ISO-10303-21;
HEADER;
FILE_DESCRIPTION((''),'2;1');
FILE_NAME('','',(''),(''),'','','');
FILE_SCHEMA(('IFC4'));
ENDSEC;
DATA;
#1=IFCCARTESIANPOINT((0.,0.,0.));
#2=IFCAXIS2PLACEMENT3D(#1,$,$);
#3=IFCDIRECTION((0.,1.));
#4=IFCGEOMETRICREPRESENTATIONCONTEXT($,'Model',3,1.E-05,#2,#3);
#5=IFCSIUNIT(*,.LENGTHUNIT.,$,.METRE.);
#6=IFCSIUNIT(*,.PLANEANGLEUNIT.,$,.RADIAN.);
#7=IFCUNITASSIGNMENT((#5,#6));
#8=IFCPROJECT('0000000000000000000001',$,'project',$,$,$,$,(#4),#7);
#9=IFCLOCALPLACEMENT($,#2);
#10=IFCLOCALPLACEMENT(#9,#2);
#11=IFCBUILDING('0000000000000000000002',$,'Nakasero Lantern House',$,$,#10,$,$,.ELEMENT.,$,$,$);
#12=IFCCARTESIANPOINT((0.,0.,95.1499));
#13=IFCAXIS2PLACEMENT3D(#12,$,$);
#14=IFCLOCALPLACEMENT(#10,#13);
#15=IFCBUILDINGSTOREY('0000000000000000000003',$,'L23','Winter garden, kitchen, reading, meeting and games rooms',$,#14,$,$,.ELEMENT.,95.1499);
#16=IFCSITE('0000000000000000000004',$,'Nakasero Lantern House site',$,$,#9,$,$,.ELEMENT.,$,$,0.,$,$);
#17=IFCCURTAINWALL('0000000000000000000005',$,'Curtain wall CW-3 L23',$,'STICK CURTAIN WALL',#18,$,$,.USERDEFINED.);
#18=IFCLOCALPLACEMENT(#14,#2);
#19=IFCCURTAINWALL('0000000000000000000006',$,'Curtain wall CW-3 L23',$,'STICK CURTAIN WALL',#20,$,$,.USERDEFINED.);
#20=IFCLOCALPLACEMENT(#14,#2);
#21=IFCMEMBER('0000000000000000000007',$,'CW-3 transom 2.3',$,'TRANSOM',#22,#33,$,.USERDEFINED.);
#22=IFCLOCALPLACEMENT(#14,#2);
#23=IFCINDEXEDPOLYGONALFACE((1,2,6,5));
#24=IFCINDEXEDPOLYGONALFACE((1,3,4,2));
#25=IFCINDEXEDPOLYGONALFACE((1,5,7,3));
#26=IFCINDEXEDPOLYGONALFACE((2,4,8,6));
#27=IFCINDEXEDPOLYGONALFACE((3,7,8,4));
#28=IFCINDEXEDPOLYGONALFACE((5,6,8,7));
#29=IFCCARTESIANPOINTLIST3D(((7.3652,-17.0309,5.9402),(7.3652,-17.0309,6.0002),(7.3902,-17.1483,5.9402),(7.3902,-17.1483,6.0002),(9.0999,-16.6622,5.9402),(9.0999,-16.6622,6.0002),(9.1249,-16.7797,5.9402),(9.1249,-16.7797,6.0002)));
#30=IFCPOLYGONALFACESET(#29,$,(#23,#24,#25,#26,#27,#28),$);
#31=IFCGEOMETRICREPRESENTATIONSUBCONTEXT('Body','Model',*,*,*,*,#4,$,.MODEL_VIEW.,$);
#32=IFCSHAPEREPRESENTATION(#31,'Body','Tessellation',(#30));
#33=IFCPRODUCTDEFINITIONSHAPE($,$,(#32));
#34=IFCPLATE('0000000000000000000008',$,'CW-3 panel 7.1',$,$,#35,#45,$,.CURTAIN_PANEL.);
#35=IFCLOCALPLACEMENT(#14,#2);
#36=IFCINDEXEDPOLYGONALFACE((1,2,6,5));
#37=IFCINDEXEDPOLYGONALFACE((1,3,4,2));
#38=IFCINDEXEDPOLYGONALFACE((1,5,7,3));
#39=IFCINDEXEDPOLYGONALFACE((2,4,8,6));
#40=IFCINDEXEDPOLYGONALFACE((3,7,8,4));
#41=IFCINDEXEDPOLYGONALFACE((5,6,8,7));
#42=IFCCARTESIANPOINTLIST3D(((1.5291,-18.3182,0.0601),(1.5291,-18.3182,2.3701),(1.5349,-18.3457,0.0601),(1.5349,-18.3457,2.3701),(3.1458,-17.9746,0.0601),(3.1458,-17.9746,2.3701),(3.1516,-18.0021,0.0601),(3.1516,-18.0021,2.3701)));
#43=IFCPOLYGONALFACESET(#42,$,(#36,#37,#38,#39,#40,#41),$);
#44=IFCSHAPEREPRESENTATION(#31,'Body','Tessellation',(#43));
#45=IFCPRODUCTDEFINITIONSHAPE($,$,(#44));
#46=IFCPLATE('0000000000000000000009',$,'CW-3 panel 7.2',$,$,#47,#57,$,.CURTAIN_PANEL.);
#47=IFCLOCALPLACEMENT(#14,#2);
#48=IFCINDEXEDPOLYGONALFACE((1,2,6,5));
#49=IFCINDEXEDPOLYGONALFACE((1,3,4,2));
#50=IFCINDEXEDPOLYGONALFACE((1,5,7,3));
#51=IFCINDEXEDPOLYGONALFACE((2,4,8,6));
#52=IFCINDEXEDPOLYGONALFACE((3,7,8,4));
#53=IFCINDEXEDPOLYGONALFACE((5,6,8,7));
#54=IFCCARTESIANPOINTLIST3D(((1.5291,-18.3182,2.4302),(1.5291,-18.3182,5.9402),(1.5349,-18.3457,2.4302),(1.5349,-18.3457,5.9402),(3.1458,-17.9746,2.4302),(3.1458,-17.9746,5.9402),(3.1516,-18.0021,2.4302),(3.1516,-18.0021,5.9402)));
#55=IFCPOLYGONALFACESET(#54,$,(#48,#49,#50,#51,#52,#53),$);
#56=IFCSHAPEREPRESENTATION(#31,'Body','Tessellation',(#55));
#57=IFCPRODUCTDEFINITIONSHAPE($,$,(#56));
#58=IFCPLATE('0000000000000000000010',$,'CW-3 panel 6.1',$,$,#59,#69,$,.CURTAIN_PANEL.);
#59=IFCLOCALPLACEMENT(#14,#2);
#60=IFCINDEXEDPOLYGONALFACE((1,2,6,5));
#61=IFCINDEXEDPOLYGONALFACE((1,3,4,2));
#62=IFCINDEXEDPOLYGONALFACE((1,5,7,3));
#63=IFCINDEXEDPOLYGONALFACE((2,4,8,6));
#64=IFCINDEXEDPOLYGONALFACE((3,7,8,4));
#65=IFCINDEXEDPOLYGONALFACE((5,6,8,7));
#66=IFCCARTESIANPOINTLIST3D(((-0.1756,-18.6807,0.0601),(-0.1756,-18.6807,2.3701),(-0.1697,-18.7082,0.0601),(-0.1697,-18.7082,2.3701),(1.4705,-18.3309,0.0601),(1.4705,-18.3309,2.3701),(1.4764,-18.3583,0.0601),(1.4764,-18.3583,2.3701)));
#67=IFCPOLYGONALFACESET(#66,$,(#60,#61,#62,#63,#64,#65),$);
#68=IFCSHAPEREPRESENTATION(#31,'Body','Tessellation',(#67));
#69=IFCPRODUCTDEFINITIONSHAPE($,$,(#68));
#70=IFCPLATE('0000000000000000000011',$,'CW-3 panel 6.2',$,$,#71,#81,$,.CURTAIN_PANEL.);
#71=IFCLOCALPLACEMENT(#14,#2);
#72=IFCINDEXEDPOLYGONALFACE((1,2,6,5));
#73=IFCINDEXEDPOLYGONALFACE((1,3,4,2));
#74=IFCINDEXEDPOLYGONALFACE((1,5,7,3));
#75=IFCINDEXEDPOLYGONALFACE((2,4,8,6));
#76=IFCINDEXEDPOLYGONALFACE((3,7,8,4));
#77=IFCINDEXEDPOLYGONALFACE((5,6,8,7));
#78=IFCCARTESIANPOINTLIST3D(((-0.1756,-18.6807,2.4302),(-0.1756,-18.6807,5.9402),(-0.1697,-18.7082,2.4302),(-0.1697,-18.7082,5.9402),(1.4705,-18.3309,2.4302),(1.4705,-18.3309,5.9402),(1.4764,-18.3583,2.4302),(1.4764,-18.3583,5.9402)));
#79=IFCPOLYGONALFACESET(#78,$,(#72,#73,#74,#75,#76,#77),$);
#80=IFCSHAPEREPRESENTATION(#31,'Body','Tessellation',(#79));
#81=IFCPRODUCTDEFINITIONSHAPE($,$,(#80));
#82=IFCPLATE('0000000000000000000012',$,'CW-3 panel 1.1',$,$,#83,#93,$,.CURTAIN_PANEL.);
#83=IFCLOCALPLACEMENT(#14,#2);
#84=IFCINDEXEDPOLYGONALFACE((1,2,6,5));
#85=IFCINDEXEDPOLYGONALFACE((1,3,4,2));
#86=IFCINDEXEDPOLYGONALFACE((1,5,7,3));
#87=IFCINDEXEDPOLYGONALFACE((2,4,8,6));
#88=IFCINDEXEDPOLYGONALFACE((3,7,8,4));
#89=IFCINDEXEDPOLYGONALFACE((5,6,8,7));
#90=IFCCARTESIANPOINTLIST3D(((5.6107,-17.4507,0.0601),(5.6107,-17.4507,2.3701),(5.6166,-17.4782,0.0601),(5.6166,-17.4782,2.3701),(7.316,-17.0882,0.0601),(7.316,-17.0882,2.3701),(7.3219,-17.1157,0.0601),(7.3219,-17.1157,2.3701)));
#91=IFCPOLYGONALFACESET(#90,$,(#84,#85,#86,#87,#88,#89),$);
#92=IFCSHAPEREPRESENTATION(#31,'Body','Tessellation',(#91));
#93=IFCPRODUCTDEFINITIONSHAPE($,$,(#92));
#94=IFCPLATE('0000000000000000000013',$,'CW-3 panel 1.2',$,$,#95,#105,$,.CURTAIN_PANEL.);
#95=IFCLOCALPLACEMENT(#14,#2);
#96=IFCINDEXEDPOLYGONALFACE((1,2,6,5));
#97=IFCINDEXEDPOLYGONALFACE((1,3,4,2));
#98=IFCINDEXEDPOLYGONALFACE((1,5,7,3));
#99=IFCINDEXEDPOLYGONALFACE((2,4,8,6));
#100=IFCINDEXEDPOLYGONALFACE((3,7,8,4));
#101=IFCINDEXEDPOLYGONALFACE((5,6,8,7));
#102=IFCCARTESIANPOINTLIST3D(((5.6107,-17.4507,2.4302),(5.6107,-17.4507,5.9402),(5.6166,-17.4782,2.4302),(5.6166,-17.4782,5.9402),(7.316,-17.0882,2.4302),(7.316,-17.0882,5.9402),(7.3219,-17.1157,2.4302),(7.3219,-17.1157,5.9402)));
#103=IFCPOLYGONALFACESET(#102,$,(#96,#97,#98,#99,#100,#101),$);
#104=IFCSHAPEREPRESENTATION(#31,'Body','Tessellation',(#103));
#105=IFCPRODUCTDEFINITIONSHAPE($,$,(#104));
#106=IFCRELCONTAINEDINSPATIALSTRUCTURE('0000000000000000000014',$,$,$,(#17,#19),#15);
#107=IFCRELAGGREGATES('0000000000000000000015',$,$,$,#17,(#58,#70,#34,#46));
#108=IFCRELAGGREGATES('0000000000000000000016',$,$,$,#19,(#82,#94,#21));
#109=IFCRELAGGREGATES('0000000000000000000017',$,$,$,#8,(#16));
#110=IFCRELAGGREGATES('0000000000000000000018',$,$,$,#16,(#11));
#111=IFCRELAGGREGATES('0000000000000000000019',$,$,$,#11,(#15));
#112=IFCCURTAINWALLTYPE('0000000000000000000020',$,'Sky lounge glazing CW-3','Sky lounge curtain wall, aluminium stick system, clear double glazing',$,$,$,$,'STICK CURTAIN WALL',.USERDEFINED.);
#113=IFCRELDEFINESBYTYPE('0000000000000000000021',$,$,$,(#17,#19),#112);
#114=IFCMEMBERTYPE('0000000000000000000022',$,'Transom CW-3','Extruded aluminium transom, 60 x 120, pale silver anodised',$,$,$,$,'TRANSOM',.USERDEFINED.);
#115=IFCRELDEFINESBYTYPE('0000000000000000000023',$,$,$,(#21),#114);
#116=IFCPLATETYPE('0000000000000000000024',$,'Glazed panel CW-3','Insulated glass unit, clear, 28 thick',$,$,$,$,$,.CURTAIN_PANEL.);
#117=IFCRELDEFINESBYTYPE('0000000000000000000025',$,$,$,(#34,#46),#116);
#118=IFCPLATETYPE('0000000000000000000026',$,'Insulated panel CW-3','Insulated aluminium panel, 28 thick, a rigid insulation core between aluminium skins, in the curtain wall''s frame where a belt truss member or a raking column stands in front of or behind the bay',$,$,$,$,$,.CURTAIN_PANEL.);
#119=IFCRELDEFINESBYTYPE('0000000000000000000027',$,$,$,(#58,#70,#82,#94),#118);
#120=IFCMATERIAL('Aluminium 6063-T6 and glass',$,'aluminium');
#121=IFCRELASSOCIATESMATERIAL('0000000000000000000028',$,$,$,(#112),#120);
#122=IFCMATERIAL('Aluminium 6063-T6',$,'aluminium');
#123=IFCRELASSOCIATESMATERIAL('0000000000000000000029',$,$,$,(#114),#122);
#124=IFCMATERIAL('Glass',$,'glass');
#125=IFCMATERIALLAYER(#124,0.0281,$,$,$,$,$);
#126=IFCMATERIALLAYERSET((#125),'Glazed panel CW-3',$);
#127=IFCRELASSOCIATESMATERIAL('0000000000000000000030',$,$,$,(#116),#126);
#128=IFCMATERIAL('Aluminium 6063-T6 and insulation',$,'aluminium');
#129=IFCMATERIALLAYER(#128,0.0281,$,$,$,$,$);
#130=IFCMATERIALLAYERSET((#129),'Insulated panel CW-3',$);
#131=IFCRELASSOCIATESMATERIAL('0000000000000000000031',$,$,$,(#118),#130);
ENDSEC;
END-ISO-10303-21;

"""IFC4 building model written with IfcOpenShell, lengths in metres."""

from ifc_helpers import new_model, si_unit, direction, frame, origin, origin_2d, place, context, subcontext, project, spatial, rectangle, extrude, material, layer, layer_set, material_profile, profile_set, type_object, element, aggregate, save


model = new_model("IFC4")

# Units and contexts
model_context = context("Model", 3, precision=1e-05, world=origin(), true_north=direction((0.0, 1.0)))
body_context = subcontext(model_context, "Body", "Model", "MODEL_VIEW")
ifc_project = project(units=[si_unit("LENGTHUNIT", "METRE"), si_unit("PLANEANGLEUNIT", "RADIAN")], contexts=[model_context])

# Site, building, storey
site_placement = place(None, origin())
site = spatial("IfcSite", under=ifc_project, at=site_placement, Name="Nakasero Lantern House site", CompositionType="ELEMENT", RefElevation=0.0)
building_placement = place(site_placement, origin())
building = spatial("IfcBuilding", under=site, at=building_placement, Name="Nakasero Lantern House", CompositionType="ELEMENT")
storey_placement = place(building_placement, frame((0.0, 0.0, 95.1499)))
storey = spatial("IfcBuildingStorey", under=building, at=storey_placement, Name="L23", Description="Winter garden, kitchen, reading, meeting and games rooms", CompositionType="ELEMENT", Elevation=95.1499)

# Curtain walls
ifc_material_1 = material(Name="Aluminium 6063-T6 and glass", Category="aluminium")
curtain_wall_type = type_object("IfcCurtainWallType", Name="Sky lounge glazing CW-3", Description="Sky lounge curtain wall, aluminium stick system, clear double glazing", ElementType="STICK CURTAIN WALL", PredefinedType="USERDEFINED", material=ifc_material_1)
curtain_wall_1_placement = place(storey_placement, origin())
curtain_wall_1 = element("IfcCurtainWall", 1, at=curtain_wall_1_placement, inside=storey, type_object=curtain_wall_type, Name="Curtain wall CW-3 L23", ObjectType="STICK CURTAIN WALL", PredefinedType="USERDEFINED")
curtain_wall_2_placement = place(storey_placement, origin())
curtain_wall_2 = element("IfcCurtainWall", 2, at=curtain_wall_2_placement, inside=storey, type_object=curtain_wall_type, Name="Curtain wall CW-3 L23", ObjectType="STICK CURTAIN WALL", PredefinedType="USERDEFINED")

# Member
ifc_material_2 = material(Name="Aluminium 6063-T6", Category="aluminium")
ifc_material_profile_1 = material_profile(ifc_material_2, rectangle(XDim=0.0601, YDim=0.1201, at=origin_2d()), Name="CW-3 transom 60x120")
ifc_profile_set_1 = profile_set([ifc_material_profile_1], Name="Aluminium 6063-T6")
member_type_1 = type_object("IfcMemberType", Name="Transom CW-3", Description="Extruded aluminium transom, 60 x 120, pale silver anodised", ElementType="TRANSOM", PredefinedType="USERDEFINED", material=ifc_profile_set_1)
member_1_placement = place(storey_placement, frame((7.3777, -17.0896, 5.9702), z_axis=(0.978154, 0.207883, 0.0), x_axis=(0.0, 0.0, 1.0)))
member_1 = element("IfcMember", 3, at=member_1_placement, type_object=member_type_1, Name="CW-3 transom 2.3", ObjectType="TRANSOM", PredefinedType="USERDEFINED", context=body_context, shape_type="SweptSolid", body=[
    extrude(rectangle(XDim=0.0601, YDim=0.1201, at=origin_2d()), origin(), (0.0, 0.0, 1.0), 1.7734),
])

# Plates
ifc_material_3 = material(Name="Glass", Category="glass")
ifc_layer_1 = layer(ifc_material_3, 0.0281)
ifc_layer_set_1 = layer_set([ifc_layer_1], Name="Glazed panel CW-3")
plate_type_1 = type_object("IfcPlateType", Name="Glazed panel CW-3", Description="Insulated glass unit, clear, 28 thick", PredefinedType="CURTAIN_PANEL", material=ifc_layer_set_1)
plate_1_placement = place(storey_placement, frame((2.3403, -18.1602, 0.0601), z_axis=(0.0, 0.0, 1.0), x_axis=(0.978148, 0.207912, 0.0)))
plate_1 = element("IfcPlate", 4, at=plate_1_placement, type_object=plate_type_1, Name="CW-3 panel 7.1", PredefinedType="CURTAIN_PANEL", context=body_context, shape_type="SweptSolid", body=[
    extrude(rectangle(XDim=1.6528, YDim=0.0281, at=origin_2d()), origin(), (0.0, 0.0, 1.0), 2.3101),
])
plate_2_placement = place(storey_placement, frame((2.3403, -18.1602, 2.4302), z_axis=(0.0, 0.0, 1.0), x_axis=(0.978148, 0.207912, 0.0)))
plate_2 = element("IfcPlate", 5, at=plate_2_placement, type_object=plate_type_1, Name="CW-3 panel 7.2", PredefinedType="CURTAIN_PANEL", context=body_context, shape_type="SweptSolid", body=[
    extrude(rectangle(XDim=1.6528, YDim=0.0281, at=origin_2d()), origin(), (0.0, 0.0, 1.0), 3.51),
])
ifc_material_4 = material(Name="Aluminium 6063-T6 and insulation", Category="aluminium")
ifc_layer_2 = layer(ifc_material_4, 0.0281)
ifc_layer_set_2 = layer_set([ifc_layer_2], Name="Insulated panel CW-3")
plate_type_2 = type_object("IfcPlateType", Name="Insulated panel CW-3", Description="Insulated aluminium panel, 28 thick, a rigid insulation core between aluminium skins, in the curtain wall's frame where a belt truss member or a raking column stands in front of or behind the bay", PredefinedType="CURTAIN_PANEL", material=ifc_layer_set_2)
plate_3_placement = place(storey_placement, frame((0.6504, -18.5195, 0.0601), z_axis=(0.0, 0.0, 1.0), x_axis=(0.978148, 0.207912, 0.0)))
plate_3 = element("IfcPlate", 6, at=plate_3_placement, type_object=plate_type_2, Name="CW-3 panel 6.1", PredefinedType="CURTAIN_PANEL", context=body_context, shape_type="SweptSolid", body=[
    extrude(rectangle(XDim=1.6829, YDim=0.0281, at=origin_2d()), origin(), (0.0, 0.0, 1.0), 2.3101),
])
plate_4_placement = place(storey_placement, frame((0.6504, -18.5195, 2.4302), z_axis=(0.0, 0.0, 1.0), x_axis=(0.978148, 0.207912, 0.0)))
plate_4 = element("IfcPlate", 7, at=plate_4_placement, type_object=plate_type_2, Name="CW-3 panel 6.2", PredefinedType="CURTAIN_PANEL", context=body_context, shape_type="SweptSolid", body=[
    extrude(rectangle(XDim=1.6829, YDim=0.0281, at=origin_2d()), origin(), (0.0, 0.0, 1.0), 3.51),
])
aggregate(curtain_wall_1, [plate_3, plate_4, plate_1, plate_2])
plate_5_placement = place(storey_placement, frame((6.4663, -17.2832, 0.0601), z_axis=(0.0, 0.0, 1.0), x_axis=(0.978148, 0.207912, 0.0)))
plate_5 = element("IfcPlate", 8, at=plate_5_placement, type_object=plate_type_2, Name="CW-3 panel 1.1", PredefinedType="CURTAIN_PANEL", context=body_context, shape_type="SweptSolid", body=[
    extrude(rectangle(XDim=1.7434, YDim=0.0281, at=origin_2d()), origin(), (0.0, 0.0, 1.0), 2.3101),
])
plate_6_placement = place(storey_placement, frame((6.4663, -17.2832, 2.4302), z_axis=(0.0, 0.0, 1.0), x_axis=(0.978148, 0.207912, 0.0)))
plate_6 = element("IfcPlate", 9, at=plate_6_placement, type_object=plate_type_2, Name="CW-3 panel 1.2", PredefinedType="CURTAIN_PANEL", context=body_context, shape_type="SweptSolid", body=[
    extrude(rectangle(XDim=1.7434, YDim=0.0281, at=origin_2d()), origin(), (0.0, 0.0, 1.0), 3.51),
])
aggregate(curtain_wall_2, [plate_5, plate_6, member_1])

save(model, "model.ifc")
